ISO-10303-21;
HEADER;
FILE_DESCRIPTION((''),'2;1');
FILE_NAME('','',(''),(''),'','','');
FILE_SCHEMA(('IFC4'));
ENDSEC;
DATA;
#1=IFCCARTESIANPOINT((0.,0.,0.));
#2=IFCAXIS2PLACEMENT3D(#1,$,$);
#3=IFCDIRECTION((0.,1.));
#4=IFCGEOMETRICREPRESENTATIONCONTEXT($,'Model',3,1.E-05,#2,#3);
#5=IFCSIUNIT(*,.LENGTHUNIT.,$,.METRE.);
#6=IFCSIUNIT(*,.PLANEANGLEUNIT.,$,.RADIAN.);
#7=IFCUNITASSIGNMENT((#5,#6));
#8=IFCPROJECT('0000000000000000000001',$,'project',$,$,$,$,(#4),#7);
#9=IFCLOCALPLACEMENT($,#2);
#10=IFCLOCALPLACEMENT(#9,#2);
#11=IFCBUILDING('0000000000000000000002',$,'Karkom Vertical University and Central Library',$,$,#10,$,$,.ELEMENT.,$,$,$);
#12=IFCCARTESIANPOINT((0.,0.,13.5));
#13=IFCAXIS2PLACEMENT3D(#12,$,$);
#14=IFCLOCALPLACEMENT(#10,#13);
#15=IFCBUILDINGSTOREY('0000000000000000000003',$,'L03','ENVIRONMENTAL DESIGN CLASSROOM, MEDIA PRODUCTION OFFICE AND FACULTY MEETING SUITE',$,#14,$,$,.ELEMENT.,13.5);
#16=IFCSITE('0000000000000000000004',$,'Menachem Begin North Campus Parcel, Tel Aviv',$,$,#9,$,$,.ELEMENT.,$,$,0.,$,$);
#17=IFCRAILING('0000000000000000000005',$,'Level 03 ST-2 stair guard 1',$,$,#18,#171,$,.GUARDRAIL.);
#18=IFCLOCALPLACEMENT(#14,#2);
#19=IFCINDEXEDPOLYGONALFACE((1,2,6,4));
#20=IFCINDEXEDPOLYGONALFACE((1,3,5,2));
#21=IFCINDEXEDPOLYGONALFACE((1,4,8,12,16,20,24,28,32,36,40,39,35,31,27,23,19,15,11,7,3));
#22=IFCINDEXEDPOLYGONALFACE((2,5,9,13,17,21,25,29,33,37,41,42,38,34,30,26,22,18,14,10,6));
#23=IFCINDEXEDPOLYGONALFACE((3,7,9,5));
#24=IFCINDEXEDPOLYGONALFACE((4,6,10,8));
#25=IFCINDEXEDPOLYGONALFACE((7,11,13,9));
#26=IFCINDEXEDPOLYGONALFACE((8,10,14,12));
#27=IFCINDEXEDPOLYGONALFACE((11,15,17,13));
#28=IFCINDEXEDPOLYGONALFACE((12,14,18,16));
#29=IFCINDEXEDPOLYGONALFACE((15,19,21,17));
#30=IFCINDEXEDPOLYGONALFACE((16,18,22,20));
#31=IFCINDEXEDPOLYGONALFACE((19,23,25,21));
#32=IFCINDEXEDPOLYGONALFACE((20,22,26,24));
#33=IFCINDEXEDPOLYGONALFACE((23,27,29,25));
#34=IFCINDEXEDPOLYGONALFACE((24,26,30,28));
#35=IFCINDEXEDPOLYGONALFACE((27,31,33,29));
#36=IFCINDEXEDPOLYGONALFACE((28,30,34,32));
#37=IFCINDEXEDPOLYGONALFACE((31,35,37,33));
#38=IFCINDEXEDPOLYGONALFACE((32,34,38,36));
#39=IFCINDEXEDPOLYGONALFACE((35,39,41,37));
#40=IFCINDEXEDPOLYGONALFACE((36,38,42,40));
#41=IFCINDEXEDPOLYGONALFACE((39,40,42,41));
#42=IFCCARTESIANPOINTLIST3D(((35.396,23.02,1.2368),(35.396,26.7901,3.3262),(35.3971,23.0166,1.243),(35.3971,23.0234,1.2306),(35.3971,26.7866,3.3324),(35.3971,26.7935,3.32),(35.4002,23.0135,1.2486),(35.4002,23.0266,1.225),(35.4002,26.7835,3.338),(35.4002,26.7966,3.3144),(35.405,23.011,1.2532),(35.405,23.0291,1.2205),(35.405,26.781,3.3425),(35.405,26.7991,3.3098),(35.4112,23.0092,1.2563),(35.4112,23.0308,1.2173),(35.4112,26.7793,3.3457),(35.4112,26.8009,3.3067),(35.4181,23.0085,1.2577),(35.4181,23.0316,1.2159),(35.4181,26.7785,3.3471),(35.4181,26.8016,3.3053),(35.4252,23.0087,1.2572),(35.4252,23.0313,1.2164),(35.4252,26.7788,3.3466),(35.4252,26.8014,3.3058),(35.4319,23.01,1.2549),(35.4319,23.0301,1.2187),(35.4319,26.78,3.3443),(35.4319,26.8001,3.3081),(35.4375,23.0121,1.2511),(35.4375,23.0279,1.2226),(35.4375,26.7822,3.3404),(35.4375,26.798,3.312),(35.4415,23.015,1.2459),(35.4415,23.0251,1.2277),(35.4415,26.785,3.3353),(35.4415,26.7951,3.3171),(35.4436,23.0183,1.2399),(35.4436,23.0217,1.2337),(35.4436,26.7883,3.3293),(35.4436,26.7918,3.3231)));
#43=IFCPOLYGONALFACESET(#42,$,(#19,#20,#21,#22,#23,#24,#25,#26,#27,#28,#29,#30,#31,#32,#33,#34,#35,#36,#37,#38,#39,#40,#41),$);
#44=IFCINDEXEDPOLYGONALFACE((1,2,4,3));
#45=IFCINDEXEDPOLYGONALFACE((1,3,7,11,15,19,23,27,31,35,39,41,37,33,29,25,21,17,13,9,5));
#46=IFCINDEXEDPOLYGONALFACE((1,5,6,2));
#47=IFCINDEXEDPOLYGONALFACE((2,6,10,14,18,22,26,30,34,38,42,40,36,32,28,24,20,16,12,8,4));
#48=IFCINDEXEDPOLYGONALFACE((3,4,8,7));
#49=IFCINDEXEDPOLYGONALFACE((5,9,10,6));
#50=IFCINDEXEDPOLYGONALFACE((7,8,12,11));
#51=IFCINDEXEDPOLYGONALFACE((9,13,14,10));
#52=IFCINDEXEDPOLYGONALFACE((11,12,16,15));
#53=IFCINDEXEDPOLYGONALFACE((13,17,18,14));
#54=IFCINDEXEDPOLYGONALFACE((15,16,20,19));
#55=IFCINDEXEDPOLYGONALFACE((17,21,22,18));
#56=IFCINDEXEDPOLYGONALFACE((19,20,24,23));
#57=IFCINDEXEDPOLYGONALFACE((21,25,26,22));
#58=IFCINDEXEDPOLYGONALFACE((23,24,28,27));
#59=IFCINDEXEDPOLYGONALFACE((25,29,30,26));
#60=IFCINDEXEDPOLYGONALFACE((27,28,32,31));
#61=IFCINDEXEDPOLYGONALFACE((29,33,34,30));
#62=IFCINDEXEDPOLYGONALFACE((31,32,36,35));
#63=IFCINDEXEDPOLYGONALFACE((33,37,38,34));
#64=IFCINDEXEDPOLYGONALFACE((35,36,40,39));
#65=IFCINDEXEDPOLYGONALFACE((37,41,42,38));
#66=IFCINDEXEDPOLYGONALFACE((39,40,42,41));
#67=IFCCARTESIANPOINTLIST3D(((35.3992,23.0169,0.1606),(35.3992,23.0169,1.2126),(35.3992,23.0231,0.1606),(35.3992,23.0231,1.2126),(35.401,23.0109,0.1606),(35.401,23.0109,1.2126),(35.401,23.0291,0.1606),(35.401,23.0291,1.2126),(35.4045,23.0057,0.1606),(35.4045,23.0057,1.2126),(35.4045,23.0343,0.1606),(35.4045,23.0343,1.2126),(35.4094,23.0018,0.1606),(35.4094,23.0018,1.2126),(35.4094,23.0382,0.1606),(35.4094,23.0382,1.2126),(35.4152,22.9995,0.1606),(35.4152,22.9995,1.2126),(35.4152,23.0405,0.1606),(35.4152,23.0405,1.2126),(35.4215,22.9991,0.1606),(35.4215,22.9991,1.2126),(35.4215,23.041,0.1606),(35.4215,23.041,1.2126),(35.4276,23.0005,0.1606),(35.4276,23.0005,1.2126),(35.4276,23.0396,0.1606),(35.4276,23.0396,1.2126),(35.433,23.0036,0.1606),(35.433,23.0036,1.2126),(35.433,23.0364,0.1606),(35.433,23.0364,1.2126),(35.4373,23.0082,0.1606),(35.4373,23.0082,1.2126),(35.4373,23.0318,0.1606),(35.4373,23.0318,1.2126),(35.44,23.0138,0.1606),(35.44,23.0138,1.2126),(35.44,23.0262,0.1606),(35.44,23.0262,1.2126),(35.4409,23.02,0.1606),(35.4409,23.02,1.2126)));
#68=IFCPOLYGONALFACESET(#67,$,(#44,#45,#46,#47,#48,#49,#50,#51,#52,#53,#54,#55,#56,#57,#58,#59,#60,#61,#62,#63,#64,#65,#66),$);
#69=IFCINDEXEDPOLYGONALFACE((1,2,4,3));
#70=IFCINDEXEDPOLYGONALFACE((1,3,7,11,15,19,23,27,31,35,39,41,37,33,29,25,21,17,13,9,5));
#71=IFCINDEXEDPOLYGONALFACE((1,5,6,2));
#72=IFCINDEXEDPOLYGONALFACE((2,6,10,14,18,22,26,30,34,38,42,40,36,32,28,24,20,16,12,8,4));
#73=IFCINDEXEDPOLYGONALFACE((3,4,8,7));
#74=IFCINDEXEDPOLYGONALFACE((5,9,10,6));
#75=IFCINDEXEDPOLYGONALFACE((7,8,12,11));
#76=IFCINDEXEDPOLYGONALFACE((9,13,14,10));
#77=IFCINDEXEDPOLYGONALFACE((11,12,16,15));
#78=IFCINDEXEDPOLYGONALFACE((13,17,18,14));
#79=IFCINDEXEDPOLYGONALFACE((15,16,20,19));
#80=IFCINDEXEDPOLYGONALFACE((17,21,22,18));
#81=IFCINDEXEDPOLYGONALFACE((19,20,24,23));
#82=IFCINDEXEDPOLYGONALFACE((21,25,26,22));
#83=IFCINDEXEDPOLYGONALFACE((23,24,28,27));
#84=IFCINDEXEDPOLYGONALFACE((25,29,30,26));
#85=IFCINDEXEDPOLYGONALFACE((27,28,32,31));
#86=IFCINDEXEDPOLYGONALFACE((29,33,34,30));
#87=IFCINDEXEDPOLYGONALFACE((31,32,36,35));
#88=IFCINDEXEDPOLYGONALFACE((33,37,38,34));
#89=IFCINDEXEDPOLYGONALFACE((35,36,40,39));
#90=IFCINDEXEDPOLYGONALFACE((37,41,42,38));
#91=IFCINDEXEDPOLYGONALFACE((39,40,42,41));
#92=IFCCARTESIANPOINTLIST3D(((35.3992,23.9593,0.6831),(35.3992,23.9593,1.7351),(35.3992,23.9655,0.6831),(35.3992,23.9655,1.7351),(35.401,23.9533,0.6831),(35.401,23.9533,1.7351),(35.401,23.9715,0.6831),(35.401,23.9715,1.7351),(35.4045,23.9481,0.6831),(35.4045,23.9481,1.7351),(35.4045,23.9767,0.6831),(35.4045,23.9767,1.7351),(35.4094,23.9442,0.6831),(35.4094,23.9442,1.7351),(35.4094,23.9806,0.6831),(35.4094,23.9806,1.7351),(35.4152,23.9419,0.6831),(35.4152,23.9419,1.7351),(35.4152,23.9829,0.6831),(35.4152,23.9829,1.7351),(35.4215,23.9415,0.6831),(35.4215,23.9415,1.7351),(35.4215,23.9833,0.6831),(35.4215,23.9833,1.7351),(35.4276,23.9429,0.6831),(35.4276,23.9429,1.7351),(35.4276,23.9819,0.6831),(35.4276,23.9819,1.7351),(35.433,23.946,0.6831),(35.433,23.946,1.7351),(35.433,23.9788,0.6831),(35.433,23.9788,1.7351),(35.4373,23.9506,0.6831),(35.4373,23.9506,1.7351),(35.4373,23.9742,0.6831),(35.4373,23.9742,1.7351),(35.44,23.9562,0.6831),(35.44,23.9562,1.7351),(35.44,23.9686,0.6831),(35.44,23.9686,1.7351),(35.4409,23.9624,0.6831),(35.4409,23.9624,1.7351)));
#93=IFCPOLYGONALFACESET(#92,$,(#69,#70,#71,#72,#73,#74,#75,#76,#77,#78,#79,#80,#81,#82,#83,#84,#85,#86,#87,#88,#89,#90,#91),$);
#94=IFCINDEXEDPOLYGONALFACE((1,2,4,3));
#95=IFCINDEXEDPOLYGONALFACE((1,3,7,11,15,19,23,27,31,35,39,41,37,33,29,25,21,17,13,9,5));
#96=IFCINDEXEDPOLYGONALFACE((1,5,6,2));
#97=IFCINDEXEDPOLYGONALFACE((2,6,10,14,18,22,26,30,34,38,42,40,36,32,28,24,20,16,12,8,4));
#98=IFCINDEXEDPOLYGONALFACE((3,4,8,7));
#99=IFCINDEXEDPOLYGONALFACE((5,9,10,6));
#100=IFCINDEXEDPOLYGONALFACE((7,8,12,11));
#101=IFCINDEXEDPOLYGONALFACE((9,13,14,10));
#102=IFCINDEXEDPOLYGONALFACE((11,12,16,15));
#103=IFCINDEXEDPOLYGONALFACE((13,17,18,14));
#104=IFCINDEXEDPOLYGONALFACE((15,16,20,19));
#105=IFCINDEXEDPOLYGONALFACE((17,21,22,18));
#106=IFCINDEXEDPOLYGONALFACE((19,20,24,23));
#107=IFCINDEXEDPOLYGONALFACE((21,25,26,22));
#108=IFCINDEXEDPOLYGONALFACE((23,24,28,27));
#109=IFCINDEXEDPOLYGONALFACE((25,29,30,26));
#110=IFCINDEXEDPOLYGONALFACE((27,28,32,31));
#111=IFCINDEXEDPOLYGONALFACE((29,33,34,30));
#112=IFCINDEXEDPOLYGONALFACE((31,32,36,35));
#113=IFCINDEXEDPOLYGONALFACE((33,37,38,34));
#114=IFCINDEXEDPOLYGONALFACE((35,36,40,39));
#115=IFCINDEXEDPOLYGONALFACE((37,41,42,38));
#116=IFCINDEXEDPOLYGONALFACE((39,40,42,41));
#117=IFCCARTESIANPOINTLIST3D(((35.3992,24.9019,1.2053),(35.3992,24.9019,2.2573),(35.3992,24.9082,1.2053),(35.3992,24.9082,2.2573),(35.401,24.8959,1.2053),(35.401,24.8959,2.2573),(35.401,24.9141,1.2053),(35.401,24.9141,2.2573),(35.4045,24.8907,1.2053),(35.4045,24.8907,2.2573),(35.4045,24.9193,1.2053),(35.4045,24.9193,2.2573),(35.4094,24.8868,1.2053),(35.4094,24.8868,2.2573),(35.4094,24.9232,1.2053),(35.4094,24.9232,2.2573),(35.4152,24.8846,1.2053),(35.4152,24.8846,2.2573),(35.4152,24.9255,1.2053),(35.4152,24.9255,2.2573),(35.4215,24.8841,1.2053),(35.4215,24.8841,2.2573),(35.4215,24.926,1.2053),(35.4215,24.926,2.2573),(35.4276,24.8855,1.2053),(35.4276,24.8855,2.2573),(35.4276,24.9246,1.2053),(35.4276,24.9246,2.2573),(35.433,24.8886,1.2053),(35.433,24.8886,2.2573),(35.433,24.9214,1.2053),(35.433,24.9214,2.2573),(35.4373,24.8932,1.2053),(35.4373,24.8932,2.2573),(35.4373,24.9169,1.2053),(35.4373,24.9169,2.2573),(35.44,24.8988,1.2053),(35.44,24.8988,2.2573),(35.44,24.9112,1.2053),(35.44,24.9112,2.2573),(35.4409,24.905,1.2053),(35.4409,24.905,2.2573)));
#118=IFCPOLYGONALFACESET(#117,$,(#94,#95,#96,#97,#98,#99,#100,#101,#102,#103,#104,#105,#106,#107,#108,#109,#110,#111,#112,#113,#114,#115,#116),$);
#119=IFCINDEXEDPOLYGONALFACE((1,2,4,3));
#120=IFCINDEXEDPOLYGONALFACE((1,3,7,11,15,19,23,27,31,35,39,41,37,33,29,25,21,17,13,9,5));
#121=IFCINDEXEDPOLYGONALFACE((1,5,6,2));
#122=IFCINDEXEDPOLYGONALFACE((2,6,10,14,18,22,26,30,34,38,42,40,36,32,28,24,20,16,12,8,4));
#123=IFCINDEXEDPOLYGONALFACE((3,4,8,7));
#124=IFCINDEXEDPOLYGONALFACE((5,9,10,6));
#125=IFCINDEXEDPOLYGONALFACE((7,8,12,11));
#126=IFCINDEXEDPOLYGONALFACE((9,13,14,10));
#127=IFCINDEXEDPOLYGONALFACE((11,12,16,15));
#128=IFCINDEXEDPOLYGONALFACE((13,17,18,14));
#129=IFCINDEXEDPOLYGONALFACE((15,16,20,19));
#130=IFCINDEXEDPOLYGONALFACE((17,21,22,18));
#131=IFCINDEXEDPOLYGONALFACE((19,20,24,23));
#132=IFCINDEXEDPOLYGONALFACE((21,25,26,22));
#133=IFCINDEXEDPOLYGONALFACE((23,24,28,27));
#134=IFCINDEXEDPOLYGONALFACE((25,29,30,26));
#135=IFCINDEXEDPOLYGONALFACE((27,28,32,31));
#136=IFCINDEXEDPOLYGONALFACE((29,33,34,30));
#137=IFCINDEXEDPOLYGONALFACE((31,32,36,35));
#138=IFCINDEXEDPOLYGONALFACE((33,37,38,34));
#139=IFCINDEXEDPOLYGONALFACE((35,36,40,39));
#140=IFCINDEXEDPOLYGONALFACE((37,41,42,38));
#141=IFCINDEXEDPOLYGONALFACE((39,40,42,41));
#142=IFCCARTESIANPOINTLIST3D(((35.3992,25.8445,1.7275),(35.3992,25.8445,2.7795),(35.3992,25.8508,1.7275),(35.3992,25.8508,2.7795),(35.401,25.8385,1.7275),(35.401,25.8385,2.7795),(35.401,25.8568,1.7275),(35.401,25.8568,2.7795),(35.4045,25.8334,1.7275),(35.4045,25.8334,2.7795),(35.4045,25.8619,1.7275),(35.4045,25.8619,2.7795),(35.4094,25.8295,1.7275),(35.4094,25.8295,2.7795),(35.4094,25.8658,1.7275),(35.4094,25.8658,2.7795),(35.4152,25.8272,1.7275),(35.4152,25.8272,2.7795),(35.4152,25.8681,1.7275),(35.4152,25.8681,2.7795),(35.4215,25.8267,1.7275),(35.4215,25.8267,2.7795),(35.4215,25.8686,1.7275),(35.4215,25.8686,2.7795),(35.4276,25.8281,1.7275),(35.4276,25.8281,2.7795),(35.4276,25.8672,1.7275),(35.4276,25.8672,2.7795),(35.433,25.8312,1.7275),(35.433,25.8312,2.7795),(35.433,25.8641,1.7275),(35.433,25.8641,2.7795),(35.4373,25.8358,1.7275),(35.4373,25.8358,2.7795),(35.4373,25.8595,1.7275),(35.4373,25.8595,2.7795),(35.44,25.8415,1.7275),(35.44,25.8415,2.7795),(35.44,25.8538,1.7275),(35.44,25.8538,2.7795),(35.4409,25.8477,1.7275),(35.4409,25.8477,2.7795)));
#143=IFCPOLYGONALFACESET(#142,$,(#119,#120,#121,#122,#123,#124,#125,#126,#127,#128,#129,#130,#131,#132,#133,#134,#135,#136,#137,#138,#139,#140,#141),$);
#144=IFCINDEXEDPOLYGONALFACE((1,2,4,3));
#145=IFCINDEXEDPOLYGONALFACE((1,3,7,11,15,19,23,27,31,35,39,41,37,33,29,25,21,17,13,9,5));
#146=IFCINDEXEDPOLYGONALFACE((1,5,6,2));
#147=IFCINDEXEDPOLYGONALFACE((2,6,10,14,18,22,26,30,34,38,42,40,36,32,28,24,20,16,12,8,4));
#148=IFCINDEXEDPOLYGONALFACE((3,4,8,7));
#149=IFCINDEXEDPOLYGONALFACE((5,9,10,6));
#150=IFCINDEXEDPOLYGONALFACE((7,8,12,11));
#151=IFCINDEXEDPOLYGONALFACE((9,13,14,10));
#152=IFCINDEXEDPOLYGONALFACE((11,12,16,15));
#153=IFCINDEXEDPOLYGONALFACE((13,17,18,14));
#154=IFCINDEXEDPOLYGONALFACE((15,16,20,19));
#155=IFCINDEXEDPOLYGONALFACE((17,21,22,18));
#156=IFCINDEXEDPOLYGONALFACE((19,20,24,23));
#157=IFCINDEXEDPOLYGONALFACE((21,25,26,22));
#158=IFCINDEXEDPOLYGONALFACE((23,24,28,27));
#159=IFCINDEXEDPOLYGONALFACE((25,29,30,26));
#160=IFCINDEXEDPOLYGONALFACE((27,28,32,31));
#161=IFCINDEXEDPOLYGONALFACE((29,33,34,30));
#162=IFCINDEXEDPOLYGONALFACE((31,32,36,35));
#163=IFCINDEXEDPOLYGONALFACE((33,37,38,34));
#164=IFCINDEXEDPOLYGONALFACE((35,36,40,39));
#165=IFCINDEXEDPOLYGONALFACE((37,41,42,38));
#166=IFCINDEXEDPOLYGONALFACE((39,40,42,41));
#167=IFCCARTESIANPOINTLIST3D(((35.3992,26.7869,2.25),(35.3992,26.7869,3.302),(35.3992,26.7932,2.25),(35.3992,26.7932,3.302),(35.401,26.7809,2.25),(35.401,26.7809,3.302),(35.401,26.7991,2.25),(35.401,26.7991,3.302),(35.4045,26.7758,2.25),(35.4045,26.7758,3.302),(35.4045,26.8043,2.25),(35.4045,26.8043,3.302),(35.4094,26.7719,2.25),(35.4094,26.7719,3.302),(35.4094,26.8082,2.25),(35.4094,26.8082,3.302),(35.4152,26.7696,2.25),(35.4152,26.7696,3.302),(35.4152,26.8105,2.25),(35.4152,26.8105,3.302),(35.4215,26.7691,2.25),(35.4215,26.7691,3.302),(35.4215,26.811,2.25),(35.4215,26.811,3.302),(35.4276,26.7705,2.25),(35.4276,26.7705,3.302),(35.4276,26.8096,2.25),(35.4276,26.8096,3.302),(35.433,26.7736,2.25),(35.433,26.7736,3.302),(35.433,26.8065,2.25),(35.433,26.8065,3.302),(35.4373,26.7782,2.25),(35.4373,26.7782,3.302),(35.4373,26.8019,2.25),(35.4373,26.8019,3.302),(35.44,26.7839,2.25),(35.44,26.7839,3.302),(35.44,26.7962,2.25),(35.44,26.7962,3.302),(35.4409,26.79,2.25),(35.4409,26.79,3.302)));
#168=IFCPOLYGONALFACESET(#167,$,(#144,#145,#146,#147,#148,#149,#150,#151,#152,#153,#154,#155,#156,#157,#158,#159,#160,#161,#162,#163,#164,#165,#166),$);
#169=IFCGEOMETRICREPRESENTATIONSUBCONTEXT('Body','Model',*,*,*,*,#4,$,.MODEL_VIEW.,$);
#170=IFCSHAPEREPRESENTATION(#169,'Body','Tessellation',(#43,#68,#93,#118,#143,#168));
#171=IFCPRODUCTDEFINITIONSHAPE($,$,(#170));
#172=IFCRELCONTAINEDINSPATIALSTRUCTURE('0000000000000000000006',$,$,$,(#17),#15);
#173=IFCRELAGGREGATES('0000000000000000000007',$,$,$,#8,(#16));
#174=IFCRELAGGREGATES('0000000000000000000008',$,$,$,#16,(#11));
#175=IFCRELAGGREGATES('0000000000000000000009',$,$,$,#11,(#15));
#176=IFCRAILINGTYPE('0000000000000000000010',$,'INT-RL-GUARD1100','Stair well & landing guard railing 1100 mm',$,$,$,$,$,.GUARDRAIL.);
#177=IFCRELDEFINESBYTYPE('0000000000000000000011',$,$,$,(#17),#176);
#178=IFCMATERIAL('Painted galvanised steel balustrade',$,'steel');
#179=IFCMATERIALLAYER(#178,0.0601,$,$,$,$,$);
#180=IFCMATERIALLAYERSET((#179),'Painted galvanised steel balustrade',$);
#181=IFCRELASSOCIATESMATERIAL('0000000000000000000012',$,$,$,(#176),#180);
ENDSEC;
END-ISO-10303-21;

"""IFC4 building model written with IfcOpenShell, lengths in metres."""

from ifc_helpers import new_model, si_unit, direction, frame, origin, origin_2d, place, context, subcontext, project, spatial, circle, extrude, material, layer, layer_set, type_object, element, save


model = new_model("IFC4")

# Units and contexts
model_context = context("Model", 3, precision=1e-05, world=origin(), true_north=direction((0.0, 1.0)))
body_context = subcontext(model_context, "Body", "Model", "MODEL_VIEW")
ifc_project = project(units=[si_unit("LENGTHUNIT", "METRE"), si_unit("PLANEANGLEUNIT", "RADIAN")], contexts=[model_context])

# Site, building, storey
site_placement = place(None, origin())
site = spatial("IfcSite", under=ifc_project, at=site_placement, Name="Menachem Begin North Campus Parcel, Tel Aviv", CompositionType="ELEMENT", RefElevation=0.0)
building_placement = place(site_placement, origin())
building = spatial("IfcBuilding", under=site, at=building_placement, Name="Karkom Vertical University and Central Library", CompositionType="ELEMENT")
storey_placement = place(building_placement, frame((0.0, 0.0, 13.5)))
storey = spatial("IfcBuildingStorey", under=building, at=storey_placement, Name="L03", Description="ENVIRONMENTAL DESIGN CLASSROOM, MEDIA PRODUCTION OFFICE AND FACULTY MEETING SUITE", CompositionType="ELEMENT", Elevation=13.5)

# Railing
ifc_material_1 = material(Name="Painted galvanised steel balustrade", Category="steel")
ifc_layer_1 = layer(ifc_material_1, 0.0601)
ifc_layer_set_1 = layer_set([ifc_layer_1], Name="Painted galvanised steel balustrade")
railing_type = type_object("IfcRailingType", Name="INT-RL-GUARD1100", Description="Stair well & landing guard railing 1100 mm", PredefinedType="GUARDRAIL", material=ifc_layer_set_1)
railing_1_placement = place(storey_placement, frame((35.4199, 23.02, 0.1606)))
element("IfcRailing", 1, at=railing_1_placement, inside=storey, type_object=railing_type, Name="Level 03 ST-2 stair guard 1", PredefinedType="GUARDRAIL", context=body_context, shape_type="SweptSolid", body=[
    extrude(circle(Radius=0.0239, at=origin_2d()), frame((0.0, 0.0, 1.0762), z_axis=(0.0, 0.874659, 0.484739), x_axis=(-1.0, 0.0, 0.0)), (0.0, 0.0, 1.0), 4.3103),
    extrude(circle(Radius=0.021, at=origin_2d()), origin(), (0.0, 0.0, 1.0), 1.052),
    extrude(circle(Radius=0.021, at=origin_2d()), frame((0.0, 0.9424, 0.5225)), (0.0, 0.0, 1.0), 1.052),
    extrude(circle(Radius=0.021, at=origin_2d()), frame((0.0, 1.885, 1.0447)), (0.0, 0.0, 1.0), 1.052),
    extrude(circle(Radius=0.021, at=origin_2d()), frame((0.0, 2.8276, 1.5669)), (0.0, 0.0, 1.0), 1.052),
    extrude(circle(Radius=0.021, at=origin_2d()), frame((0.0, 3.77, 2.0894)), (0.0, 0.0, 1.0), 1.052),
])

save(model, "model.ifc")
